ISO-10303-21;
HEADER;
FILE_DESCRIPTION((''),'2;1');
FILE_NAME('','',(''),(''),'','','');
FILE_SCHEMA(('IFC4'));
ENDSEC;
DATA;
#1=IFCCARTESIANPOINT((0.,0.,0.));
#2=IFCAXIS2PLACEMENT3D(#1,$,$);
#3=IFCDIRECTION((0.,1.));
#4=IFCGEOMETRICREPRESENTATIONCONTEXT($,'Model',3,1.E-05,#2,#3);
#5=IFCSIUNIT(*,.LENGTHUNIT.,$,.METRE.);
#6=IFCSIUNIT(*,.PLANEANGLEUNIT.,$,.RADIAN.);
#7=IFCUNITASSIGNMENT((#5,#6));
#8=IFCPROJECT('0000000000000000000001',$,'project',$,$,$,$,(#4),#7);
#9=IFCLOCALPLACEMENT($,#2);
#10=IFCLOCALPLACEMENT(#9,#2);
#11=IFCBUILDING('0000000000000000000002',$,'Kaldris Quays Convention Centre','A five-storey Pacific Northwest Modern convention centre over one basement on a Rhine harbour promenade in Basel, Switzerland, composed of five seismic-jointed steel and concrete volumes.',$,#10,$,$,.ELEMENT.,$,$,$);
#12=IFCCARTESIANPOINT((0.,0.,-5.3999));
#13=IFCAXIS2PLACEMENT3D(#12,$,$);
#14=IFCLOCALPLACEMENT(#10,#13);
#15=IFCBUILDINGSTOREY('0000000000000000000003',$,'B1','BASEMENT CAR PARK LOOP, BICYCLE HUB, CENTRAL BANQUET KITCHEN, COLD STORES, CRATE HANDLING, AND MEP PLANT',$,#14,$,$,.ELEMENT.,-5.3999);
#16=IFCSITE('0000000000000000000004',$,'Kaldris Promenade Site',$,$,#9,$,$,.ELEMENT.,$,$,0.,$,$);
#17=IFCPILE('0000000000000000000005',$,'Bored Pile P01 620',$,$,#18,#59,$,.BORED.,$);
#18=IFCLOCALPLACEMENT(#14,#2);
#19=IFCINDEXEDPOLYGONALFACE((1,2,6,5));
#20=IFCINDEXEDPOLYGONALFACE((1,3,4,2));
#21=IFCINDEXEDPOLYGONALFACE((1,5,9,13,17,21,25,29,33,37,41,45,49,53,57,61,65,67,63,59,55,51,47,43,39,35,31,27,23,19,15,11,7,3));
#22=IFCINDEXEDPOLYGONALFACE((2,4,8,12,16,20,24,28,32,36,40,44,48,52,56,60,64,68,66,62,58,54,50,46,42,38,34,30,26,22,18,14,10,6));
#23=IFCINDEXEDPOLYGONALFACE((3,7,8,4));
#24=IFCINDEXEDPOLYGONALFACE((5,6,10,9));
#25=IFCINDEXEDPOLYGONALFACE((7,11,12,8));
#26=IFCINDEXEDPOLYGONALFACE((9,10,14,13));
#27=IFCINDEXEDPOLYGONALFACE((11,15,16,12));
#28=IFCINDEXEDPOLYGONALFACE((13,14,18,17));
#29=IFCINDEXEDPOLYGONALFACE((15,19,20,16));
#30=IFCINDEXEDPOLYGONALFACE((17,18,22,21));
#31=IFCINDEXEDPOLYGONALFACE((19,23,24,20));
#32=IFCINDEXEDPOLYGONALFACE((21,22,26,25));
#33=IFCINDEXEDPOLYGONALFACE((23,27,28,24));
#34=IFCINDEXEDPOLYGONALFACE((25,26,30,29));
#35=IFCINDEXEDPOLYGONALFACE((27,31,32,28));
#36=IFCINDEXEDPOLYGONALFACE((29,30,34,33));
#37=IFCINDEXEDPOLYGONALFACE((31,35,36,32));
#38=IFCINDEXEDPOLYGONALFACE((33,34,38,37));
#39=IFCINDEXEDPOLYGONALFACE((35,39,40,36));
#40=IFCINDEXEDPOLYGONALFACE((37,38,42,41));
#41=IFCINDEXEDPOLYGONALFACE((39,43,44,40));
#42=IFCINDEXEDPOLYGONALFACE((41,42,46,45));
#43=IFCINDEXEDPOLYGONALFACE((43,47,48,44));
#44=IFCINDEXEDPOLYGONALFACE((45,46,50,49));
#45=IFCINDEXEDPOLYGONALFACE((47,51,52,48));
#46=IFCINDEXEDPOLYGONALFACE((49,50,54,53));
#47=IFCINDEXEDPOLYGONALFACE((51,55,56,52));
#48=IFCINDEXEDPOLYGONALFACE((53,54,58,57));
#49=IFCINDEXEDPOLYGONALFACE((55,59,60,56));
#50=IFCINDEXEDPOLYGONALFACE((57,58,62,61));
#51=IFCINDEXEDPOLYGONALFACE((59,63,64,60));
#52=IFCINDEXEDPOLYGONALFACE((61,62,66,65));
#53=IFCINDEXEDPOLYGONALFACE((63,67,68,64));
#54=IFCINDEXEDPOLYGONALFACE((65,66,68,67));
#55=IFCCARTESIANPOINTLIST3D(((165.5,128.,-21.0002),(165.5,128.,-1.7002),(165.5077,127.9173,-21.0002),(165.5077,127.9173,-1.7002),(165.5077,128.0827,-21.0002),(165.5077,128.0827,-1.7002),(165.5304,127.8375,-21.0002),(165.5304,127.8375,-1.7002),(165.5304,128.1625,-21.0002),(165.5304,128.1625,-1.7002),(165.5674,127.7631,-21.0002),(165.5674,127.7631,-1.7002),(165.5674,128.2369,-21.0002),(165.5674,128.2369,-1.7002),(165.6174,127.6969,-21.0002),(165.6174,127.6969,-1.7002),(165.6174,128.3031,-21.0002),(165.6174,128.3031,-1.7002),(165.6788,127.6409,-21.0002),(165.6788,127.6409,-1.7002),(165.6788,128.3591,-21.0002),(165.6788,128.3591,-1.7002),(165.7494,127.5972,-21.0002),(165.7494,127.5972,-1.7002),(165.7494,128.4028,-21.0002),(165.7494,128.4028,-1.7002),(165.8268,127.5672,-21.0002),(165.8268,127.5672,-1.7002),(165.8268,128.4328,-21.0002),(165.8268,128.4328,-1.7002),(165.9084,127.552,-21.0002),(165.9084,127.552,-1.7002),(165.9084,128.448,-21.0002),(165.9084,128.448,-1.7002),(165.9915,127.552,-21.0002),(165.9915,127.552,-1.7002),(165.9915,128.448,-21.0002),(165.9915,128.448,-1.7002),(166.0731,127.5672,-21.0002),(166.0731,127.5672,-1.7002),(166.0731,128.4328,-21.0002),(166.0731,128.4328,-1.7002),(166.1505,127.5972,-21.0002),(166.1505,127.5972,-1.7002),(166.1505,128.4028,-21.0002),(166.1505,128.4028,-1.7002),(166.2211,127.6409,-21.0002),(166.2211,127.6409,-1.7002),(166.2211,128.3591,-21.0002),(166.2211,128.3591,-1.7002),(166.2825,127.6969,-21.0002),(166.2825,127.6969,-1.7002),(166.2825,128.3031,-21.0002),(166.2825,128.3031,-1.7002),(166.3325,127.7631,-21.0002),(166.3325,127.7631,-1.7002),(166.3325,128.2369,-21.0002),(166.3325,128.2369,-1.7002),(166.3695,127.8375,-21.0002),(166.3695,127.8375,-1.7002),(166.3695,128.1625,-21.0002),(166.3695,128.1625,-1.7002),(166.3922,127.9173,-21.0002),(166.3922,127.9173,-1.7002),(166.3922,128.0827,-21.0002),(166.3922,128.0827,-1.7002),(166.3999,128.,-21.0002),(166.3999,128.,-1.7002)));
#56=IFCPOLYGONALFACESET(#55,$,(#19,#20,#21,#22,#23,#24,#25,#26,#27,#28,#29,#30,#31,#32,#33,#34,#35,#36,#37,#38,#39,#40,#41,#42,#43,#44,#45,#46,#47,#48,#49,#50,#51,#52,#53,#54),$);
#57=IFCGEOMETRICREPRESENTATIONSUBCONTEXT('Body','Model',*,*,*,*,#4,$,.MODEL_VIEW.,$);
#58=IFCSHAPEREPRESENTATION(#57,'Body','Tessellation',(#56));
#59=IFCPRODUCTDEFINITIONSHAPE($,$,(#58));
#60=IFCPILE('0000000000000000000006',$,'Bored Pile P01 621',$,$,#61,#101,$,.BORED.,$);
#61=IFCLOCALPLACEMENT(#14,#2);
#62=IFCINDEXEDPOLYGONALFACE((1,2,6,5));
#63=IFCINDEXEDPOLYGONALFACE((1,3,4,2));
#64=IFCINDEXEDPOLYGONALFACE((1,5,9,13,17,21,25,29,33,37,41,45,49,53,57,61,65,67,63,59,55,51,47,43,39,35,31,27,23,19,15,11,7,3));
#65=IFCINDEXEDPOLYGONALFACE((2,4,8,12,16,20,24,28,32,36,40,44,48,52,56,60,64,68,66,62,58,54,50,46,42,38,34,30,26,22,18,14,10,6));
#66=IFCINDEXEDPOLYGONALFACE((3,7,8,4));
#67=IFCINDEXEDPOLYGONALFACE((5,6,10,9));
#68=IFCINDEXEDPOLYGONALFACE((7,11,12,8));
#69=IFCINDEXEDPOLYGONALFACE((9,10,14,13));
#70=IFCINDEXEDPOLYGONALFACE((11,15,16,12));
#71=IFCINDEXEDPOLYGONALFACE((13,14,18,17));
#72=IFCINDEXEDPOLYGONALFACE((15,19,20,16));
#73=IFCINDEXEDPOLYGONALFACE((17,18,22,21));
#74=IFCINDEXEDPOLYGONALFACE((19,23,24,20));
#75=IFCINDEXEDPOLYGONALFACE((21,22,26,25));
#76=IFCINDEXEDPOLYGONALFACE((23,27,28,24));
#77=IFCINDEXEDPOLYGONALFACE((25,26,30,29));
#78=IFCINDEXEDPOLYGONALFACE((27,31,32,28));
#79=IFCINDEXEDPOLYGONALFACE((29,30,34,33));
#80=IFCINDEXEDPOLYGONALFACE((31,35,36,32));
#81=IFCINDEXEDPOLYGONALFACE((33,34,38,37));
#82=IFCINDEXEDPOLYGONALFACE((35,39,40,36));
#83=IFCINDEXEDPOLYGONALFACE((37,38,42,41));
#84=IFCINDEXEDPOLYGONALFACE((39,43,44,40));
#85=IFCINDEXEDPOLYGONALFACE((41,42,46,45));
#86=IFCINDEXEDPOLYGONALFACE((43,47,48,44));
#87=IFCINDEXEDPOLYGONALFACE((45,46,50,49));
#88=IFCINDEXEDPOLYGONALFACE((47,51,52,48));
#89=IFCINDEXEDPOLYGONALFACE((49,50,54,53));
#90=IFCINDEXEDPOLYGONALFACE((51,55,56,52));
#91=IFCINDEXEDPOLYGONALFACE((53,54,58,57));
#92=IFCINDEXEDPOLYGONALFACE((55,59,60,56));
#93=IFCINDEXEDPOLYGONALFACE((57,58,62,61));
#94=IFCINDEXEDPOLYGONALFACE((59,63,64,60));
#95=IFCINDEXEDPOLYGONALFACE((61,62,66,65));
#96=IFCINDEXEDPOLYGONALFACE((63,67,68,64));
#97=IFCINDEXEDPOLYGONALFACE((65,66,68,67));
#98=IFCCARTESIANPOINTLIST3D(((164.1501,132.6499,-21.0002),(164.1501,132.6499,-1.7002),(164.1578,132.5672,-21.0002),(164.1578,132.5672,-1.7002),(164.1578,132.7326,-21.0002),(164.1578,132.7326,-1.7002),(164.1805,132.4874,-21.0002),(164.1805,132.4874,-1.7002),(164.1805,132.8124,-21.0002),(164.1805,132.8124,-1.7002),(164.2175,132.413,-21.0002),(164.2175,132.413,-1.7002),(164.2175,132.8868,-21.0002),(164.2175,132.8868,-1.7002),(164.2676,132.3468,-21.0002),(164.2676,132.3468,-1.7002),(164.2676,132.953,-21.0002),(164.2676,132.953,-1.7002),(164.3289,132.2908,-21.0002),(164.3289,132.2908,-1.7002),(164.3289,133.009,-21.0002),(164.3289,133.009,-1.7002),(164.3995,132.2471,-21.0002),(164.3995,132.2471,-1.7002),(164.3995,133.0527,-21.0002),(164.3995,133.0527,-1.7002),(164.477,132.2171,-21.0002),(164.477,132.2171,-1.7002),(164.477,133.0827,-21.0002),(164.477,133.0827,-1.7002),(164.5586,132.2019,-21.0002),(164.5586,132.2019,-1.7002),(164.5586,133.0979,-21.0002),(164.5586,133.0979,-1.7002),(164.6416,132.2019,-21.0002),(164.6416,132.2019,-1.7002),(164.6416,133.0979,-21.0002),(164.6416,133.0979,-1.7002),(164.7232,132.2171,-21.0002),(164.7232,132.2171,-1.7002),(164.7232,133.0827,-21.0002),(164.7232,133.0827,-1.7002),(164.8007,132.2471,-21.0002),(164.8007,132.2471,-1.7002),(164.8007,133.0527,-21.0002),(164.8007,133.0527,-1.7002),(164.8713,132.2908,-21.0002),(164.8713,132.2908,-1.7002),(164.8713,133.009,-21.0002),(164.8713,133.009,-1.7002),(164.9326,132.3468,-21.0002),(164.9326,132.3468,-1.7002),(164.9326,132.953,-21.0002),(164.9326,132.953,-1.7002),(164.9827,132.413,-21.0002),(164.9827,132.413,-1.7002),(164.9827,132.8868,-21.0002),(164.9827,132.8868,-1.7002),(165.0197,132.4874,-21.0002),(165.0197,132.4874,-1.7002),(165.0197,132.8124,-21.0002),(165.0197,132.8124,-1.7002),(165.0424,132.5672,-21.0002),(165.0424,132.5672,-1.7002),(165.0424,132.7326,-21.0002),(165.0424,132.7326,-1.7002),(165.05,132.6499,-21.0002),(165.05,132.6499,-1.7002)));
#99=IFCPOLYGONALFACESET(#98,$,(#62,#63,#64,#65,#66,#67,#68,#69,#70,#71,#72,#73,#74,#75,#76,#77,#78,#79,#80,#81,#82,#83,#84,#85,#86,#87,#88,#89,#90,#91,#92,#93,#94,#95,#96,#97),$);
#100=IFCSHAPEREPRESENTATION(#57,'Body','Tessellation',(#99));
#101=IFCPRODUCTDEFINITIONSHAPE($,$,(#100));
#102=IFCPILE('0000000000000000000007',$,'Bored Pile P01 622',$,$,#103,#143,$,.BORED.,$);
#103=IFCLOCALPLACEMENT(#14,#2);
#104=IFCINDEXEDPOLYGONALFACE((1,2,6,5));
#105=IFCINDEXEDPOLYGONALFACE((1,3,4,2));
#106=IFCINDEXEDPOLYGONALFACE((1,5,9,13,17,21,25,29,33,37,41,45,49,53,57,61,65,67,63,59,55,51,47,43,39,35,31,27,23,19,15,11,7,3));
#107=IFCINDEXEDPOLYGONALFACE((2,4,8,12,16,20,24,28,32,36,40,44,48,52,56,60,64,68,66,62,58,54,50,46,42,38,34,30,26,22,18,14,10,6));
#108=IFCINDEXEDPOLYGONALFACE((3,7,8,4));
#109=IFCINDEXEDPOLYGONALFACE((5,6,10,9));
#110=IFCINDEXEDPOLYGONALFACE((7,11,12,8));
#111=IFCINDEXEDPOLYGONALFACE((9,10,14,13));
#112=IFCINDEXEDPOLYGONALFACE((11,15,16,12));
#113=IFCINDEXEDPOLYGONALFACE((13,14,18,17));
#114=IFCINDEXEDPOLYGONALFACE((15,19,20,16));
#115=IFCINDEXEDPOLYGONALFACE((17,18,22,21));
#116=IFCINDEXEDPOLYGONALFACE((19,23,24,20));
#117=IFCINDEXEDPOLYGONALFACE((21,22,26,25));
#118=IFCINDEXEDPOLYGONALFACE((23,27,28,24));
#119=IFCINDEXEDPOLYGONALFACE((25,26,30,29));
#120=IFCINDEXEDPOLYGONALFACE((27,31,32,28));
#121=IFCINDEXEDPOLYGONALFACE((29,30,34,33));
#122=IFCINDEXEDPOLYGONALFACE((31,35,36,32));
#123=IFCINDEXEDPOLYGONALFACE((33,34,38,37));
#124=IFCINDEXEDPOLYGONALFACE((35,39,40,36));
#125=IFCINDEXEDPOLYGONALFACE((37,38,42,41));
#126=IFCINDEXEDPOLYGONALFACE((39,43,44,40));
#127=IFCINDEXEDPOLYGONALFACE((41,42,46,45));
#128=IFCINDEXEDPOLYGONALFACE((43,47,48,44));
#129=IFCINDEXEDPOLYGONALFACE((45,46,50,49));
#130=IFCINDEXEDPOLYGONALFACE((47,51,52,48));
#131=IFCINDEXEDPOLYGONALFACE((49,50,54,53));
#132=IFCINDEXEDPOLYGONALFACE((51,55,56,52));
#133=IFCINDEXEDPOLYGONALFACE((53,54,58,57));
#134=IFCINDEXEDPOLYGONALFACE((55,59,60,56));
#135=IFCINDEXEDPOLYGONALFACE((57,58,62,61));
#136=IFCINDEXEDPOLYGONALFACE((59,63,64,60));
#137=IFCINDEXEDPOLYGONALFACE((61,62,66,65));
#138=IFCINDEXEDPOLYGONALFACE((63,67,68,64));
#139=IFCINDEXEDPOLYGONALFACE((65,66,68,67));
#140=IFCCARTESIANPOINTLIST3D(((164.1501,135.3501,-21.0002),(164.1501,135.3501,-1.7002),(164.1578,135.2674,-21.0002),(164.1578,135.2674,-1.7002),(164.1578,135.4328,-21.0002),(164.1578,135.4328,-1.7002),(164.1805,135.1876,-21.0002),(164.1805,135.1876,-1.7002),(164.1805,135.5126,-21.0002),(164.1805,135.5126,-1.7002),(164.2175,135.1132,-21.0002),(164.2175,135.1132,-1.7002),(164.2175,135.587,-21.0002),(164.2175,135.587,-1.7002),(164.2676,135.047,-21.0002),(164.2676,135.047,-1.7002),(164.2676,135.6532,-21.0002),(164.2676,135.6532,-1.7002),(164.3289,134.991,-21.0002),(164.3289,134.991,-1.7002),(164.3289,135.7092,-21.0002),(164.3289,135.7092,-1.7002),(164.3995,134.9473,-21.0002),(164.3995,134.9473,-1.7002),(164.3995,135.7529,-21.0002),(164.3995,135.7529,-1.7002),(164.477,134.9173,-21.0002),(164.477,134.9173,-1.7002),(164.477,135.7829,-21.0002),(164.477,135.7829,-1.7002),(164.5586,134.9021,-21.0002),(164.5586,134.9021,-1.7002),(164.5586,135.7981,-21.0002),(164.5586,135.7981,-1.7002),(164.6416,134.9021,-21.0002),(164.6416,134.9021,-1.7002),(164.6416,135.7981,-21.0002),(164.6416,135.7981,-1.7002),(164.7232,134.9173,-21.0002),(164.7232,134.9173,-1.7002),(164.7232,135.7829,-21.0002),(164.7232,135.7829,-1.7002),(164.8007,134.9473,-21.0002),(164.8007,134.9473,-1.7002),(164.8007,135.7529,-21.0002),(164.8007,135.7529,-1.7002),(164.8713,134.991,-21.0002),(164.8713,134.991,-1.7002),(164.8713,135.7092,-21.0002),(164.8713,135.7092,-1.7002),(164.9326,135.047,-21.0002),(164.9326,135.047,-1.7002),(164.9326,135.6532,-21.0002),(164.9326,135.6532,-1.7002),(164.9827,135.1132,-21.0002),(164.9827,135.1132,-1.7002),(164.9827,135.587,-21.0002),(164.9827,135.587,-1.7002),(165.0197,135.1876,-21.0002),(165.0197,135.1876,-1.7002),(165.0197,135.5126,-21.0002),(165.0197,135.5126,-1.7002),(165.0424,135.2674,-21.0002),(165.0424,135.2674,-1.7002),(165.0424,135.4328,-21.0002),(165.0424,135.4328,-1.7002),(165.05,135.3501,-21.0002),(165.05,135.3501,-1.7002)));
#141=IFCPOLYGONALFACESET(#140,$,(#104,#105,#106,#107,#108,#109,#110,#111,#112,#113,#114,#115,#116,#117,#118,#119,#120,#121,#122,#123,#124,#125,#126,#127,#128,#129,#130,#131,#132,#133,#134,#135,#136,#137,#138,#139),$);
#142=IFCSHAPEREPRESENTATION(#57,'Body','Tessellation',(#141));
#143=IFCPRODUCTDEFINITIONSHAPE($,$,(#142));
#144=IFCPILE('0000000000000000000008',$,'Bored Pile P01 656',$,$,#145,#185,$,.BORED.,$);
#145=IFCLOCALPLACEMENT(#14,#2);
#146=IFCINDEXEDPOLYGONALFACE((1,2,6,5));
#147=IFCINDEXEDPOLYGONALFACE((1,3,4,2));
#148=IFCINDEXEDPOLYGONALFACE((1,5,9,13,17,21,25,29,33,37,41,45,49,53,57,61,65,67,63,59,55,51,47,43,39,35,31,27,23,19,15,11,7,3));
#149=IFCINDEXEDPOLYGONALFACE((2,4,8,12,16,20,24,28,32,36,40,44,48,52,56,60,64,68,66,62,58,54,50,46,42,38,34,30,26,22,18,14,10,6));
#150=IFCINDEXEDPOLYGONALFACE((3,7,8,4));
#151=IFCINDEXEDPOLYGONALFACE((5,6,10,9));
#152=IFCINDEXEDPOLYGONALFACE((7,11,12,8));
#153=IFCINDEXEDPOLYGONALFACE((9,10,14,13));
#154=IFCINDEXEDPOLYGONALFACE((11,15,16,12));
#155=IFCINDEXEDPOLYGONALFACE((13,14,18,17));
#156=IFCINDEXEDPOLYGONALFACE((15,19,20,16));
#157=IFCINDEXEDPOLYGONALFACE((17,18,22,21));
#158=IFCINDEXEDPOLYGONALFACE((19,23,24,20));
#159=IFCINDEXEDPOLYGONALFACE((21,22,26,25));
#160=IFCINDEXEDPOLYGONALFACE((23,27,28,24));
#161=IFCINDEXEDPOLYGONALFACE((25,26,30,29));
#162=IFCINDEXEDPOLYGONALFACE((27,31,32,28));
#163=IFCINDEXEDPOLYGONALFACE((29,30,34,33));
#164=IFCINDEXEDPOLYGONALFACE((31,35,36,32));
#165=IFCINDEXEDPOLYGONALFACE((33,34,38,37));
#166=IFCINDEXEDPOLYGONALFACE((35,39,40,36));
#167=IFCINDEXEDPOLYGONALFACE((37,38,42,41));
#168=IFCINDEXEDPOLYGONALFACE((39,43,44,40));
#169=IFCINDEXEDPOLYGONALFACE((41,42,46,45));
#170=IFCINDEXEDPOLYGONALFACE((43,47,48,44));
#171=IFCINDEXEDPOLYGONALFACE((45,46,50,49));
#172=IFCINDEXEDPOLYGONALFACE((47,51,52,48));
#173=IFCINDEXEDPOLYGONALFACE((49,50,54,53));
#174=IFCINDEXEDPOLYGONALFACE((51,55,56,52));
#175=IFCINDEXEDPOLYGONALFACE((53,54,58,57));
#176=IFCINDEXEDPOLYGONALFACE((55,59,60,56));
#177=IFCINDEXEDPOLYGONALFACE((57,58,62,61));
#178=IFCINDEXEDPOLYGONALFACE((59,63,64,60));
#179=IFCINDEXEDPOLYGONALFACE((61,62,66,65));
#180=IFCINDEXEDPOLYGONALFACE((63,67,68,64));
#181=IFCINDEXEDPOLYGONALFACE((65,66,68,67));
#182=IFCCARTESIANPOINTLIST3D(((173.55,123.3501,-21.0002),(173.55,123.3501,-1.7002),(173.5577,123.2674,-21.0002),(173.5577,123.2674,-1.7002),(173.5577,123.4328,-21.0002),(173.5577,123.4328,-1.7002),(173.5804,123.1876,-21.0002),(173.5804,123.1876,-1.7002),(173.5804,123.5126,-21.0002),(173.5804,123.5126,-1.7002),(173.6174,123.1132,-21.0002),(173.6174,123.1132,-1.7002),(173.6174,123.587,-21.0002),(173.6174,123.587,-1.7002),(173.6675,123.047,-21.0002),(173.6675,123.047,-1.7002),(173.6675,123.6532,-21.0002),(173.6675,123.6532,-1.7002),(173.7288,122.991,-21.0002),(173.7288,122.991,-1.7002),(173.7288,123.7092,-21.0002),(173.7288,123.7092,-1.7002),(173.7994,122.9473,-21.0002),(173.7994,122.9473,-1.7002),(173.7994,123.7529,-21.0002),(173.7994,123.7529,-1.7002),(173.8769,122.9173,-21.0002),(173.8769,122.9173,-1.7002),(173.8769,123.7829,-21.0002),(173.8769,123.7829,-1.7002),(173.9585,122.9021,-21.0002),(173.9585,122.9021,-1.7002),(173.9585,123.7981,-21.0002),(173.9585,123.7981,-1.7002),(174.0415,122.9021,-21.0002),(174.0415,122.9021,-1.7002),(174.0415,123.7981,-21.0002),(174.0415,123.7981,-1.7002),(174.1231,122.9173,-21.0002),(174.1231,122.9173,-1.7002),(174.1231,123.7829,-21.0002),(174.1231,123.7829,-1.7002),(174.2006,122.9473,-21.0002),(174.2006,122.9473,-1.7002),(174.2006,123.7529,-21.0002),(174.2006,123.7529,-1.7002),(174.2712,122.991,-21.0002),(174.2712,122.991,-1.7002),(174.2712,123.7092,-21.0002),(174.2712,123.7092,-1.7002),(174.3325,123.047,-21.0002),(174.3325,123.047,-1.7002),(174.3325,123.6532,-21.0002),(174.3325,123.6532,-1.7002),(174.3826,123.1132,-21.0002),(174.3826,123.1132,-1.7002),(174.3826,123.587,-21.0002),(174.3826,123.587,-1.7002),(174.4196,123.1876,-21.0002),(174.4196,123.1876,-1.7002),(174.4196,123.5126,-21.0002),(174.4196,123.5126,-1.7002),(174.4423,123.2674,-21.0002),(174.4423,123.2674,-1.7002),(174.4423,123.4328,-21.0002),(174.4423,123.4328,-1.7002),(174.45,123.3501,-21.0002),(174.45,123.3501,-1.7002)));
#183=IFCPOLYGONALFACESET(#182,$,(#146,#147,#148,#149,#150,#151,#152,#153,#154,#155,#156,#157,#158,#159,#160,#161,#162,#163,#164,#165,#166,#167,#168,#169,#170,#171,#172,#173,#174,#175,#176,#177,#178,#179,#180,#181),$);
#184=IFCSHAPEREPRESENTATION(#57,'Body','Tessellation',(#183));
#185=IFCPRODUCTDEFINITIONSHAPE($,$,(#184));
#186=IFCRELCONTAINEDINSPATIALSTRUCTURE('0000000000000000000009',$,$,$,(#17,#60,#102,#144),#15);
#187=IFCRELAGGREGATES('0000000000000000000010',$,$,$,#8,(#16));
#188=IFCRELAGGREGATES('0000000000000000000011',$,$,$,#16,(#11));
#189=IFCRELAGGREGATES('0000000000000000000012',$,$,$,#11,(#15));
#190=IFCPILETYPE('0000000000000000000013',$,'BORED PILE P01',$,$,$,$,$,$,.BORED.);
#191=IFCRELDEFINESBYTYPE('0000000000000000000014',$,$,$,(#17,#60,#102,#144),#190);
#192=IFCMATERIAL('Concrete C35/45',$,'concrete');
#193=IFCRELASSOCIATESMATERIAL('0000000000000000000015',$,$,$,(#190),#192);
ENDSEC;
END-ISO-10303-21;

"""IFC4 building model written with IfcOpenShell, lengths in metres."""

from ifc_helpers import new_model, si_unit, direction, frame, origin, origin_2d, place, context, subcontext, project, spatial, circle, extrude, material, material_profile, profile_set, type_object, element, save


model = new_model("IFC4")

# Units and contexts
model_context = context("Model", 3, precision=1e-05, world=origin(), true_north=direction((0.0, 1.0)))
body_context = subcontext(model_context, "Body", "Model", "MODEL_VIEW")
ifc_project = project(units=[si_unit("LENGTHUNIT", "METRE"), si_unit("PLANEANGLEUNIT", "RADIAN")], contexts=[model_context])

# Site, building, storey
site_placement = place(None, origin())
site = spatial("IfcSite", under=ifc_project, at=site_placement, Name="Kaldris Promenade Site", CompositionType="ELEMENT", RefElevation=0.0)
building_placement = place(site_placement, origin())
building = spatial("IfcBuilding", under=site, at=building_placement, Name="Kaldris Quays Convention Centre", Description="A five-storey Pacific Northwest Modern convention centre over one basement on a Rhine harbour promenade in Basel, Switzerland, composed of five seismic-jointed steel and concrete volumes.", CompositionType="ELEMENT")
storey_placement = place(building_placement, frame((0.0, 0.0, -5.3999)))
storey = spatial("IfcBuildingStorey", under=building, at=storey_placement, Name="B1", Description="BASEMENT CAR PARK LOOP, BICYCLE HUB, CENTRAL BANQUET KITCHEN, COLD STORES, CRATE HANDLING, AND MEP PLANT", CompositionType="ELEMENT", Elevation=-5.3999)

# Piles
ifc_material_1 = material(Name="Concrete C35/45", Category="concrete")
ifc_material_profile_1 = material_profile(ifc_material_1, circle(Radius=0.45, at=origin_2d()), Name="BORED PILE D900")
ifc_profile_set_1 = profile_set([ifc_material_profile_1], Name="Concrete C35/45")
pile_type = type_object("IfcPileType", Name="BORED PILE P01", PredefinedType="BORED", material=ifc_profile_set_1)
for number, where, z_axis, x_axis, name in (
    (1, (165.95, 128.0, -1.7002), (0.0, 0.0, -1.0), (1.0, 0.0, 0.0), "Bored Pile P01 620"),
    (2, (164.6001, 132.6499, -1.7002), (0.0, 0.0, -1.0), (1.0, 0.0, 0.0), "Bored Pile P01 621"),
    (3, (164.6001, 135.3501, -1.7002), (0.0, 0.0, -1.0), (1.0, 0.0, 0.0), "Bored Pile P01 622"),
    (4, (174.0, 123.3501, -1.7002), (0.0, 0.0, -1.0), (1.0, 0.0, 0.0), "Bored Pile P01 656"),
):
    element("IfcPile", number, at=place(storey_placement, frame(where, z_axis=z_axis, x_axis=x_axis)), inside=storey, type_object=pile_type, Name=name, PredefinedType="BORED", context=body_context, shape_type="SweptSolid", body=[
        extrude(circle(Radius=0.45, at=origin_2d()), origin(), (0.0, 0.0, 1.0), 19.3),
    ])

save(model, "model.ifc")
